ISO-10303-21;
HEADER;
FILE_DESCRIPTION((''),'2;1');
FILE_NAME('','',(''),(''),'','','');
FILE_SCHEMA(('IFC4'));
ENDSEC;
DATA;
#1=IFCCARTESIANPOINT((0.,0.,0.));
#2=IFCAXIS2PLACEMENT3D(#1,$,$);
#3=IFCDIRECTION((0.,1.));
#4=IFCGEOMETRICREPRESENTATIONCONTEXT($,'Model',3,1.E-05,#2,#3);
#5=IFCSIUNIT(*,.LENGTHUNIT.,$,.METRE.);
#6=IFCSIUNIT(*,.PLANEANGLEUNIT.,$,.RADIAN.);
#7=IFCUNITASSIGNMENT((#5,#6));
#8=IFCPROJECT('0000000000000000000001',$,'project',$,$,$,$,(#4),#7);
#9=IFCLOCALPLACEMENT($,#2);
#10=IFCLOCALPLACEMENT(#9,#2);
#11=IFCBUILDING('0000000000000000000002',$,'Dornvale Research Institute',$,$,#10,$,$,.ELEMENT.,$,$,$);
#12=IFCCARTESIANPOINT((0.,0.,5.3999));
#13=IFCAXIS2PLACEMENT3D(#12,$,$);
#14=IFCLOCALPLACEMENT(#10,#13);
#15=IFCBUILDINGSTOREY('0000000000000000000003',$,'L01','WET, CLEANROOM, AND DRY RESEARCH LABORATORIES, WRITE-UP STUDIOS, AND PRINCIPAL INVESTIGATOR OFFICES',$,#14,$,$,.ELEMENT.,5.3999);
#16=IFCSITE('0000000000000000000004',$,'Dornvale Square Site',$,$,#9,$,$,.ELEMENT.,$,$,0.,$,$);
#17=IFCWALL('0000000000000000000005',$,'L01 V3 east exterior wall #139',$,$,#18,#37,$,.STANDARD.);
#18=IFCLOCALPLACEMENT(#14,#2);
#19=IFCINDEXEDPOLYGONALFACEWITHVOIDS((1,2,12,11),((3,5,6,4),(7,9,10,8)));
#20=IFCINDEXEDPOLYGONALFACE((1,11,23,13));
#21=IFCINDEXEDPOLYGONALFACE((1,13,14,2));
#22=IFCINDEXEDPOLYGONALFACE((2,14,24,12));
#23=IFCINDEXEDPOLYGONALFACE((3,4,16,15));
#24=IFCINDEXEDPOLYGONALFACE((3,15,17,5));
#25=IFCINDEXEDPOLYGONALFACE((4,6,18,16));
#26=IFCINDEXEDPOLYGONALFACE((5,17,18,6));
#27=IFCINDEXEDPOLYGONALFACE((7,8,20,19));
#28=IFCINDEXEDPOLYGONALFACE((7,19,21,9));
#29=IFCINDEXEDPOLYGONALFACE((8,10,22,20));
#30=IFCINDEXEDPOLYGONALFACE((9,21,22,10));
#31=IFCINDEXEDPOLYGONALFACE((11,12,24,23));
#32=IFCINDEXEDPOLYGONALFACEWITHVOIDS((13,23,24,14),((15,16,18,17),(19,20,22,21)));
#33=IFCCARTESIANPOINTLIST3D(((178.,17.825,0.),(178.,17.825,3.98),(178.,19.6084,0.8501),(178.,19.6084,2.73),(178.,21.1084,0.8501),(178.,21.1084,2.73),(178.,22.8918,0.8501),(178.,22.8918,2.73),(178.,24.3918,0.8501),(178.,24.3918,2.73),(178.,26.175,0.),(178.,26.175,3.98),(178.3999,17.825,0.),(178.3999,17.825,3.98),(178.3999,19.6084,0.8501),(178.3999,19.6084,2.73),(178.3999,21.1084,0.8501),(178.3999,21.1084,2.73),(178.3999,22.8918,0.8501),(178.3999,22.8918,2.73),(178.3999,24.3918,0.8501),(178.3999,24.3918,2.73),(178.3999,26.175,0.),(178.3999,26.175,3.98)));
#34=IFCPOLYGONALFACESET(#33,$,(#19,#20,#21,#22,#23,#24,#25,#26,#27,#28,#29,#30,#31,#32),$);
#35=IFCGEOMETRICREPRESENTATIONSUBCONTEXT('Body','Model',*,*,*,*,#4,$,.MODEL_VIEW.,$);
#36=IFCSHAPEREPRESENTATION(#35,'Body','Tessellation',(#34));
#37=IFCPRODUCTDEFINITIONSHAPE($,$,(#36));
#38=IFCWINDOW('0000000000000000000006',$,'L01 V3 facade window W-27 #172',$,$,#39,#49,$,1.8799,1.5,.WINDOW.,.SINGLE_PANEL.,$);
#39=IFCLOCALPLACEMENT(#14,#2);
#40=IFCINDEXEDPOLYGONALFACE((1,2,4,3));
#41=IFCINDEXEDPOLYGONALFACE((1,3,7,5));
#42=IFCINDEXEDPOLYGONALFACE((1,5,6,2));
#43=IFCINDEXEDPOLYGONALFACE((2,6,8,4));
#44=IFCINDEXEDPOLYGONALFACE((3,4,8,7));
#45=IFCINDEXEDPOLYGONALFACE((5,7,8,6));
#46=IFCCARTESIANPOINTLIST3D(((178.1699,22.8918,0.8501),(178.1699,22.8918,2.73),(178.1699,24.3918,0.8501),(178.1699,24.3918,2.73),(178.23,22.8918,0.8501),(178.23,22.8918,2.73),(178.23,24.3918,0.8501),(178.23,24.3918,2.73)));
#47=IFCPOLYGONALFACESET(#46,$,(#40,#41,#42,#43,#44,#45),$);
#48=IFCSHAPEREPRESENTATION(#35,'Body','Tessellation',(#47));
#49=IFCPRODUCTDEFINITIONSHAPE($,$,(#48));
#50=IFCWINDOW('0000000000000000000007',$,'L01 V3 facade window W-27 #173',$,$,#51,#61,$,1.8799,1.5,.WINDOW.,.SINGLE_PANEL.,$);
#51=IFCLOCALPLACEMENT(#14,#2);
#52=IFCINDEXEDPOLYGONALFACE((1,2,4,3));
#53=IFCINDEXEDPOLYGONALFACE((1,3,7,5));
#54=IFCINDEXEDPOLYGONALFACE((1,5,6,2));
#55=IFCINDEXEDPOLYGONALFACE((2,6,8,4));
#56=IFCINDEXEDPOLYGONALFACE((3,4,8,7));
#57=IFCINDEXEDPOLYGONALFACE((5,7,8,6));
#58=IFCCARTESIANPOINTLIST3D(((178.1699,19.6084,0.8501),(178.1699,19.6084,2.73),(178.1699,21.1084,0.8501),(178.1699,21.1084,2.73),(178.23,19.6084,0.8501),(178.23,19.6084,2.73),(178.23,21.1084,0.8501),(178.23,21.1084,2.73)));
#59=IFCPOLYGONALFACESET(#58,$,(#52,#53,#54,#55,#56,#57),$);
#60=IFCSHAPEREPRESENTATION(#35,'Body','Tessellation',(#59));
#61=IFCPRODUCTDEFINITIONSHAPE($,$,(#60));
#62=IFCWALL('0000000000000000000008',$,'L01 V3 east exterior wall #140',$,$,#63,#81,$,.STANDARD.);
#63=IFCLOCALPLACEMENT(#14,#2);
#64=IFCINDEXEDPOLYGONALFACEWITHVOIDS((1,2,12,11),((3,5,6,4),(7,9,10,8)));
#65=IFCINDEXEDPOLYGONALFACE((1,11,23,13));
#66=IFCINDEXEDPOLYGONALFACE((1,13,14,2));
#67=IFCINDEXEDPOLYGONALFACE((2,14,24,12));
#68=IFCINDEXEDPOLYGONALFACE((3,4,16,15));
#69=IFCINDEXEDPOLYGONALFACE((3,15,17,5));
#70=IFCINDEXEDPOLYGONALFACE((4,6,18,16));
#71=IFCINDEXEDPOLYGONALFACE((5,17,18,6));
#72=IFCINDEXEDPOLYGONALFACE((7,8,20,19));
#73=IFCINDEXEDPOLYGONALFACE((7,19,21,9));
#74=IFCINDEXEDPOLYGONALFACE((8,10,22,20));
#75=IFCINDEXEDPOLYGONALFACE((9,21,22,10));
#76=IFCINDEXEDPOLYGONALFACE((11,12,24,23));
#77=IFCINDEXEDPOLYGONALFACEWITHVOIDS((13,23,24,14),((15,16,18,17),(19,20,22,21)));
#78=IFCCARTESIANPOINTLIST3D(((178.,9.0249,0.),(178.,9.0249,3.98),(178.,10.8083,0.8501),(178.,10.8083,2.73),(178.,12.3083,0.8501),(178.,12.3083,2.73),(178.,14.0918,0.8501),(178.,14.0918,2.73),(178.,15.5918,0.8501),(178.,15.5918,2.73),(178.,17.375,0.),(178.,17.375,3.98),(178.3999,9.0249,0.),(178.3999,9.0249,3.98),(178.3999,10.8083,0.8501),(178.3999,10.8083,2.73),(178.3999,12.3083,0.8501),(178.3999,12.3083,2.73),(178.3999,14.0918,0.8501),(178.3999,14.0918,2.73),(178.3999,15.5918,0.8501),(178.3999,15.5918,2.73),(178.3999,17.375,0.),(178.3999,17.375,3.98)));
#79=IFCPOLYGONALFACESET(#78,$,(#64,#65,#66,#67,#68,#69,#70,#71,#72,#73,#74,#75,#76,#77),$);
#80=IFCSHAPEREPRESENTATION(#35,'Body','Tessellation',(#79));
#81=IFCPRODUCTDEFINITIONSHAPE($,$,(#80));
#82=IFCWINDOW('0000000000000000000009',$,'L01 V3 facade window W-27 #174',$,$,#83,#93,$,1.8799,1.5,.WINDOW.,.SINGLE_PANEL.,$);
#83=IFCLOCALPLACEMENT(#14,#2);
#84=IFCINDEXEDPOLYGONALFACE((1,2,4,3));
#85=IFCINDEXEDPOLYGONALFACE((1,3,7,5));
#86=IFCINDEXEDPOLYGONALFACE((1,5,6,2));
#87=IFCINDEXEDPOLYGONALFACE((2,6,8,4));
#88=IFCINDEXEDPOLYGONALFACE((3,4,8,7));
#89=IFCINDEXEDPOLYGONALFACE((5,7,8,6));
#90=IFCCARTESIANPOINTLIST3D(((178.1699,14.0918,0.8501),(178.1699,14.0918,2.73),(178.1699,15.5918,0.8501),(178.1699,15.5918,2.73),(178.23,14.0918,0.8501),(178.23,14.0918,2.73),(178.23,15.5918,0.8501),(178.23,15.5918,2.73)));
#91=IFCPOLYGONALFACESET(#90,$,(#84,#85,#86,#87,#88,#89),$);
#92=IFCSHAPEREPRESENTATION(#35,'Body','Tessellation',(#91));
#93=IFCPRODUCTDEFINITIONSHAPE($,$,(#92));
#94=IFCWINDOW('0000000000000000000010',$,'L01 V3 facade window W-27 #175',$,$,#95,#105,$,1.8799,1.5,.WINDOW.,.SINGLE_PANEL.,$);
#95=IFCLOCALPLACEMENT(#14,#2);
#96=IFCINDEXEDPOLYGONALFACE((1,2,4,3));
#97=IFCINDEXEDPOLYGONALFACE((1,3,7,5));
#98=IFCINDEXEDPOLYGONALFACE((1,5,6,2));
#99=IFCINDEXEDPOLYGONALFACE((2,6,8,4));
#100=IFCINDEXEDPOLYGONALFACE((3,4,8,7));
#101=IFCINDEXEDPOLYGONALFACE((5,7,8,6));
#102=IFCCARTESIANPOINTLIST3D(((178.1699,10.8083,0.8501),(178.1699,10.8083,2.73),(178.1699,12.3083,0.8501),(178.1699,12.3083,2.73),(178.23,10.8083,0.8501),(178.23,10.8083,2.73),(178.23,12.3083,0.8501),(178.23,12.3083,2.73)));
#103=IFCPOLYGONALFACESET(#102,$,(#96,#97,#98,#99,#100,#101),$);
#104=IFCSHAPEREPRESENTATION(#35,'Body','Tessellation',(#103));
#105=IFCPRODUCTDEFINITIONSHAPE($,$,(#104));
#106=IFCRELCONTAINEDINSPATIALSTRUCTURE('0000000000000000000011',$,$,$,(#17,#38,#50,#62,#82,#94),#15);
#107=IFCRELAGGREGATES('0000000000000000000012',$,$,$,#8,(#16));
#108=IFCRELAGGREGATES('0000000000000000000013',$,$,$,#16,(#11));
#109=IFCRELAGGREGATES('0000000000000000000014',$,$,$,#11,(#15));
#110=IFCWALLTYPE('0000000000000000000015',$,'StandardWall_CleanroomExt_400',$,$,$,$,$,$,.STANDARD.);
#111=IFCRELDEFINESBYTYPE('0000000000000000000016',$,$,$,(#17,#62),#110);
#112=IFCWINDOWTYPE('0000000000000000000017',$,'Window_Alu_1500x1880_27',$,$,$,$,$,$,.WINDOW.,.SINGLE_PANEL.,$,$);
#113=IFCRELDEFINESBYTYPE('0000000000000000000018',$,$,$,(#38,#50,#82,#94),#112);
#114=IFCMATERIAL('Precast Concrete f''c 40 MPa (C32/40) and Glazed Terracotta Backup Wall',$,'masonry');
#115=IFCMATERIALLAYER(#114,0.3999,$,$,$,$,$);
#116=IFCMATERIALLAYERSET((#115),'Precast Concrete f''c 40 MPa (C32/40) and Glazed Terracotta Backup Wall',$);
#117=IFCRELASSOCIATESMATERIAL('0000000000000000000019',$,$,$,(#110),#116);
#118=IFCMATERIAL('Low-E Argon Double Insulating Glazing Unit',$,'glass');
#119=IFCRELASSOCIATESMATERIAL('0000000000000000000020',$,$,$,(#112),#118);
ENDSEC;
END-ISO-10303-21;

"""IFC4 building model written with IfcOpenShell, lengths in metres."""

from ifc_helpers import new_model, si_unit, direction, frame, frame_2d, origin, place, context, subcontext, project, spatial, rectangle, extrude, material, layer, layer_set, type_object, element, fill, save


model = new_model("IFC4")

# Units and contexts
model_context = context("Model", 3, precision=1e-05, world=origin(), true_north=direction((0.0, 1.0)))
body_context = subcontext(model_context, "Body", "Model", "MODEL_VIEW")
ifc_project = project(units=[si_unit("LENGTHUNIT", "METRE"), si_unit("PLANEANGLEUNIT", "RADIAN")], contexts=[model_context])

# Site, building, storey
site_placement = place(None, origin())
site = spatial("IfcSite", under=ifc_project, at=site_placement, Name="Dornvale Square Site", CompositionType="ELEMENT", RefElevation=0.0)
building_placement = place(site_placement, origin())
building = spatial("IfcBuilding", under=site, at=building_placement, Name="Dornvale Research Institute", CompositionType="ELEMENT")
storey_placement = place(building_placement, frame((0.0, 0.0, 5.3999)))
storey = spatial("IfcBuildingStorey", under=building, at=storey_placement, Name="L01", Description="WET, CLEANROOM, AND DRY RESEARCH LABORATORIES, WRITE-UP STUDIOS, AND PRINCIPAL INVESTIGATOR OFFICES", CompositionType="ELEMENT", Elevation=5.3999)

# Walls, openings, windows
ifc_material_1 = material(Name="Precast Concrete f'c 40 MPa (C32/40) and Glazed Terracotta Backup Wall", Category="masonry")
ifc_layer = layer(ifc_material_1, 0.3999)
ifc_layer_set = layer_set([ifc_layer], Name="Precast Concrete f'c 40 MPa (C32/40) and Glazed Terracotta Backup Wall")
wall_type = type_object("IfcWallType", Name="StandardWall_CleanroomExt_400", PredefinedType="STANDARD", material=ifc_layer_set)
wall_1_placement = place(storey_placement, frame((178.2, 26.175, 0.0), z_axis=(0.0, 0.0, 1.0), x_axis=(0.0, -1.0, 0.0)))
wall_1 = element("IfcWall", 1, at=wall_1_placement, inside=storey, type_object=wall_type, Name="L01 V3 east exterior wall #139", PredefinedType="STANDARD", context=body_context, shape_type="SweptSolid", body=[
    extrude(rectangle(XDim=8.3501, YDim=0.3999, at=frame_2d((4.175, 0.0))), origin(), (0.0, 0.0, 1.0), 3.98),
])
opening_1_placement = place(wall_1_placement, frame((1.7832, 0.0, 0.8501)))
opening_1 = element("IfcOpeningElement", 2, at=opening_1_placement, cuts=wall_1, PredefinedType="OPENING", context=body_context, shape_type="SweptSolid", body=[
    extrude(rectangle(XDim=1.5, YDim=1.8799, at=frame_2d((0.75, 0.9399))), frame((0.0, 0.2148, 0.0), z_axis=(0.0, -1.0, 0.0), x_axis=(1.0, 0.0, 0.0)), (0.0, 0.0, 1.0), 0.4299),
])
opening_2_placement = place(wall_1_placement, frame((5.0667, 0.0, 0.8501)))
opening_2 = element("IfcOpeningElement", 3, at=opening_2_placement, cuts=wall_1, PredefinedType="OPENING", context=body_context, shape_type="SweptSolid", body=[
    extrude(rectangle(XDim=1.5, YDim=1.8799, at=frame_2d((0.75, 0.9399))), frame((0.0, 0.2148, 0.0), z_axis=(0.0, -1.0, 0.0), x_axis=(1.0, 0.0, 0.0)), (0.0, 0.0, 1.0), 0.4299),
])
ifc_material_2 = material(Name="Low-E Argon Double Insulating Glazing Unit", Category="glass")
window_type = type_object("IfcWindowType", Name="Window_Alu_1500x1880_27", PartitioningType="SINGLE_PANEL", PredefinedType="WINDOW", material=ifc_material_2)
window_1_placement = place(opening_1_placement, origin())
window_1 = element("IfcWindow", 4, at=window_1_placement, inside=storey, type_object=window_type, Name="L01 V3 facade window W-27 #172", OverallHeight=1.8799, OverallWidth=1.5, PartitioningType="SINGLE_PANEL", PredefinedType="WINDOW", context=body_context, shape_type="SweptSolid", body=[
    extrude(rectangle(XDim=1.5, YDim=1.8799, at=frame_2d((0.75, 0.9399))), frame((0.0, 0.03, 0.0), z_axis=(0.0, -1.0, 0.0), x_axis=(1.0, 0.0, 0.0)), (0.0, 0.0, 1.0), 0.0601),
])
fill(opening_1, window_1)
window_2_placement = place(opening_2_placement, origin())
window_2 = element("IfcWindow", 5, at=window_2_placement, inside=storey, type_object=window_type, Name="L01 V3 facade window W-27 #173", OverallHeight=1.8799, OverallWidth=1.5, PartitioningType="SINGLE_PANEL", PredefinedType="WINDOW", context=body_context, shape_type="SweptSolid", body=[
    extrude(rectangle(XDim=1.5, YDim=1.8799, at=frame_2d((0.75, 0.9399))), frame((0.0, 0.03, 0.0), z_axis=(0.0, -1.0, 0.0), x_axis=(1.0, 0.0, 0.0)), (0.0, 0.0, 1.0), 0.0601),
])
fill(opening_2, window_2)
wall_2_placement = place(storey_placement, frame((178.2, 17.375, 0.0), z_axis=(0.0, 0.0, 1.0), x_axis=(0.0, -1.0, 0.0)))
wall_2 = element("IfcWall", 6, at=wall_2_placement, inside=storey, type_object=wall_type, Name="L01 V3 east exterior wall #140", PredefinedType="STANDARD", context=body_context, shape_type="SweptSolid", body=[
    extrude(rectangle(XDim=8.3501, YDim=0.3999, at=frame_2d((4.175, 0.0))), origin(), (0.0, 0.0, 1.0), 3.98),
])
opening_3_placement = place(wall_2_placement, frame((1.7832, 0.0, 0.8501)))
opening_3 = element("IfcOpeningElement", 7, at=opening_3_placement, cuts=wall_2, PredefinedType="OPENING", context=body_context, shape_type="SweptSolid", body=[
    extrude(rectangle(XDim=1.5, YDim=1.8799, at=frame_2d((0.75, 0.9399))), frame((0.0, 0.2148, 0.0), z_axis=(0.0, -1.0, 0.0), x_axis=(1.0, 0.0, 0.0)), (0.0, 0.0, 1.0), 0.4299),
])
opening_4_placement = place(wall_2_placement, frame((5.0667, 0.0, 0.8501)))
opening_4 = element("IfcOpeningElement", 8, at=opening_4_placement, cuts=wall_2, PredefinedType="OPENING", context=body_context, shape_type="SweptSolid", body=[
    extrude(rectangle(XDim=1.5, YDim=1.8799, at=frame_2d((0.75, 0.9399))), frame((0.0, 0.2148, 0.0), z_axis=(0.0, -1.0, 0.0), x_axis=(1.0, 0.0, 0.0)), (0.0, 0.0, 1.0), 0.4299),
])
window_3_placement = place(opening_3_placement, origin())
window_3 = element("IfcWindow", 9, at=window_3_placement, inside=storey, type_object=window_type, Name="L01 V3 facade window W-27 #174", OverallHeight=1.8799, OverallWidth=1.5, PartitioningType="SINGLE_PANEL", PredefinedType="WINDOW", context=body_context, shape_type="SweptSolid", body=[
    extrude(rectangle(XDim=1.5, YDim=1.8799, at=frame_2d((0.75, 0.9399))), frame((0.0, 0.03, 0.0), z_axis=(0.0, -1.0, 0.0), x_axis=(1.0, 0.0, 0.0)), (0.0, 0.0, 1.0), 0.0601),
])
fill(opening_3, window_3)
window_4_placement = place(opening_4_placement, origin())
window_4 = element("IfcWindow", 10, at=window_4_placement, inside=storey, type_object=window_type, Name="L01 V3 facade window W-27 #175", OverallHeight=1.8799, OverallWidth=1.5, PartitioningType="SINGLE_PANEL", PredefinedType="WINDOW", context=body_context, shape_type="SweptSolid", body=[
    extrude(rectangle(XDim=1.5, YDim=1.8799, at=frame_2d((0.75, 0.9399))), frame((0.0, 0.03, 0.0), z_axis=(0.0, -1.0, 0.0), x_axis=(1.0, 0.0, 0.0)), (0.0, 0.0, 1.0), 0.0601),
])
fill(opening_4, window_4)

save(model, "model.ifc")
